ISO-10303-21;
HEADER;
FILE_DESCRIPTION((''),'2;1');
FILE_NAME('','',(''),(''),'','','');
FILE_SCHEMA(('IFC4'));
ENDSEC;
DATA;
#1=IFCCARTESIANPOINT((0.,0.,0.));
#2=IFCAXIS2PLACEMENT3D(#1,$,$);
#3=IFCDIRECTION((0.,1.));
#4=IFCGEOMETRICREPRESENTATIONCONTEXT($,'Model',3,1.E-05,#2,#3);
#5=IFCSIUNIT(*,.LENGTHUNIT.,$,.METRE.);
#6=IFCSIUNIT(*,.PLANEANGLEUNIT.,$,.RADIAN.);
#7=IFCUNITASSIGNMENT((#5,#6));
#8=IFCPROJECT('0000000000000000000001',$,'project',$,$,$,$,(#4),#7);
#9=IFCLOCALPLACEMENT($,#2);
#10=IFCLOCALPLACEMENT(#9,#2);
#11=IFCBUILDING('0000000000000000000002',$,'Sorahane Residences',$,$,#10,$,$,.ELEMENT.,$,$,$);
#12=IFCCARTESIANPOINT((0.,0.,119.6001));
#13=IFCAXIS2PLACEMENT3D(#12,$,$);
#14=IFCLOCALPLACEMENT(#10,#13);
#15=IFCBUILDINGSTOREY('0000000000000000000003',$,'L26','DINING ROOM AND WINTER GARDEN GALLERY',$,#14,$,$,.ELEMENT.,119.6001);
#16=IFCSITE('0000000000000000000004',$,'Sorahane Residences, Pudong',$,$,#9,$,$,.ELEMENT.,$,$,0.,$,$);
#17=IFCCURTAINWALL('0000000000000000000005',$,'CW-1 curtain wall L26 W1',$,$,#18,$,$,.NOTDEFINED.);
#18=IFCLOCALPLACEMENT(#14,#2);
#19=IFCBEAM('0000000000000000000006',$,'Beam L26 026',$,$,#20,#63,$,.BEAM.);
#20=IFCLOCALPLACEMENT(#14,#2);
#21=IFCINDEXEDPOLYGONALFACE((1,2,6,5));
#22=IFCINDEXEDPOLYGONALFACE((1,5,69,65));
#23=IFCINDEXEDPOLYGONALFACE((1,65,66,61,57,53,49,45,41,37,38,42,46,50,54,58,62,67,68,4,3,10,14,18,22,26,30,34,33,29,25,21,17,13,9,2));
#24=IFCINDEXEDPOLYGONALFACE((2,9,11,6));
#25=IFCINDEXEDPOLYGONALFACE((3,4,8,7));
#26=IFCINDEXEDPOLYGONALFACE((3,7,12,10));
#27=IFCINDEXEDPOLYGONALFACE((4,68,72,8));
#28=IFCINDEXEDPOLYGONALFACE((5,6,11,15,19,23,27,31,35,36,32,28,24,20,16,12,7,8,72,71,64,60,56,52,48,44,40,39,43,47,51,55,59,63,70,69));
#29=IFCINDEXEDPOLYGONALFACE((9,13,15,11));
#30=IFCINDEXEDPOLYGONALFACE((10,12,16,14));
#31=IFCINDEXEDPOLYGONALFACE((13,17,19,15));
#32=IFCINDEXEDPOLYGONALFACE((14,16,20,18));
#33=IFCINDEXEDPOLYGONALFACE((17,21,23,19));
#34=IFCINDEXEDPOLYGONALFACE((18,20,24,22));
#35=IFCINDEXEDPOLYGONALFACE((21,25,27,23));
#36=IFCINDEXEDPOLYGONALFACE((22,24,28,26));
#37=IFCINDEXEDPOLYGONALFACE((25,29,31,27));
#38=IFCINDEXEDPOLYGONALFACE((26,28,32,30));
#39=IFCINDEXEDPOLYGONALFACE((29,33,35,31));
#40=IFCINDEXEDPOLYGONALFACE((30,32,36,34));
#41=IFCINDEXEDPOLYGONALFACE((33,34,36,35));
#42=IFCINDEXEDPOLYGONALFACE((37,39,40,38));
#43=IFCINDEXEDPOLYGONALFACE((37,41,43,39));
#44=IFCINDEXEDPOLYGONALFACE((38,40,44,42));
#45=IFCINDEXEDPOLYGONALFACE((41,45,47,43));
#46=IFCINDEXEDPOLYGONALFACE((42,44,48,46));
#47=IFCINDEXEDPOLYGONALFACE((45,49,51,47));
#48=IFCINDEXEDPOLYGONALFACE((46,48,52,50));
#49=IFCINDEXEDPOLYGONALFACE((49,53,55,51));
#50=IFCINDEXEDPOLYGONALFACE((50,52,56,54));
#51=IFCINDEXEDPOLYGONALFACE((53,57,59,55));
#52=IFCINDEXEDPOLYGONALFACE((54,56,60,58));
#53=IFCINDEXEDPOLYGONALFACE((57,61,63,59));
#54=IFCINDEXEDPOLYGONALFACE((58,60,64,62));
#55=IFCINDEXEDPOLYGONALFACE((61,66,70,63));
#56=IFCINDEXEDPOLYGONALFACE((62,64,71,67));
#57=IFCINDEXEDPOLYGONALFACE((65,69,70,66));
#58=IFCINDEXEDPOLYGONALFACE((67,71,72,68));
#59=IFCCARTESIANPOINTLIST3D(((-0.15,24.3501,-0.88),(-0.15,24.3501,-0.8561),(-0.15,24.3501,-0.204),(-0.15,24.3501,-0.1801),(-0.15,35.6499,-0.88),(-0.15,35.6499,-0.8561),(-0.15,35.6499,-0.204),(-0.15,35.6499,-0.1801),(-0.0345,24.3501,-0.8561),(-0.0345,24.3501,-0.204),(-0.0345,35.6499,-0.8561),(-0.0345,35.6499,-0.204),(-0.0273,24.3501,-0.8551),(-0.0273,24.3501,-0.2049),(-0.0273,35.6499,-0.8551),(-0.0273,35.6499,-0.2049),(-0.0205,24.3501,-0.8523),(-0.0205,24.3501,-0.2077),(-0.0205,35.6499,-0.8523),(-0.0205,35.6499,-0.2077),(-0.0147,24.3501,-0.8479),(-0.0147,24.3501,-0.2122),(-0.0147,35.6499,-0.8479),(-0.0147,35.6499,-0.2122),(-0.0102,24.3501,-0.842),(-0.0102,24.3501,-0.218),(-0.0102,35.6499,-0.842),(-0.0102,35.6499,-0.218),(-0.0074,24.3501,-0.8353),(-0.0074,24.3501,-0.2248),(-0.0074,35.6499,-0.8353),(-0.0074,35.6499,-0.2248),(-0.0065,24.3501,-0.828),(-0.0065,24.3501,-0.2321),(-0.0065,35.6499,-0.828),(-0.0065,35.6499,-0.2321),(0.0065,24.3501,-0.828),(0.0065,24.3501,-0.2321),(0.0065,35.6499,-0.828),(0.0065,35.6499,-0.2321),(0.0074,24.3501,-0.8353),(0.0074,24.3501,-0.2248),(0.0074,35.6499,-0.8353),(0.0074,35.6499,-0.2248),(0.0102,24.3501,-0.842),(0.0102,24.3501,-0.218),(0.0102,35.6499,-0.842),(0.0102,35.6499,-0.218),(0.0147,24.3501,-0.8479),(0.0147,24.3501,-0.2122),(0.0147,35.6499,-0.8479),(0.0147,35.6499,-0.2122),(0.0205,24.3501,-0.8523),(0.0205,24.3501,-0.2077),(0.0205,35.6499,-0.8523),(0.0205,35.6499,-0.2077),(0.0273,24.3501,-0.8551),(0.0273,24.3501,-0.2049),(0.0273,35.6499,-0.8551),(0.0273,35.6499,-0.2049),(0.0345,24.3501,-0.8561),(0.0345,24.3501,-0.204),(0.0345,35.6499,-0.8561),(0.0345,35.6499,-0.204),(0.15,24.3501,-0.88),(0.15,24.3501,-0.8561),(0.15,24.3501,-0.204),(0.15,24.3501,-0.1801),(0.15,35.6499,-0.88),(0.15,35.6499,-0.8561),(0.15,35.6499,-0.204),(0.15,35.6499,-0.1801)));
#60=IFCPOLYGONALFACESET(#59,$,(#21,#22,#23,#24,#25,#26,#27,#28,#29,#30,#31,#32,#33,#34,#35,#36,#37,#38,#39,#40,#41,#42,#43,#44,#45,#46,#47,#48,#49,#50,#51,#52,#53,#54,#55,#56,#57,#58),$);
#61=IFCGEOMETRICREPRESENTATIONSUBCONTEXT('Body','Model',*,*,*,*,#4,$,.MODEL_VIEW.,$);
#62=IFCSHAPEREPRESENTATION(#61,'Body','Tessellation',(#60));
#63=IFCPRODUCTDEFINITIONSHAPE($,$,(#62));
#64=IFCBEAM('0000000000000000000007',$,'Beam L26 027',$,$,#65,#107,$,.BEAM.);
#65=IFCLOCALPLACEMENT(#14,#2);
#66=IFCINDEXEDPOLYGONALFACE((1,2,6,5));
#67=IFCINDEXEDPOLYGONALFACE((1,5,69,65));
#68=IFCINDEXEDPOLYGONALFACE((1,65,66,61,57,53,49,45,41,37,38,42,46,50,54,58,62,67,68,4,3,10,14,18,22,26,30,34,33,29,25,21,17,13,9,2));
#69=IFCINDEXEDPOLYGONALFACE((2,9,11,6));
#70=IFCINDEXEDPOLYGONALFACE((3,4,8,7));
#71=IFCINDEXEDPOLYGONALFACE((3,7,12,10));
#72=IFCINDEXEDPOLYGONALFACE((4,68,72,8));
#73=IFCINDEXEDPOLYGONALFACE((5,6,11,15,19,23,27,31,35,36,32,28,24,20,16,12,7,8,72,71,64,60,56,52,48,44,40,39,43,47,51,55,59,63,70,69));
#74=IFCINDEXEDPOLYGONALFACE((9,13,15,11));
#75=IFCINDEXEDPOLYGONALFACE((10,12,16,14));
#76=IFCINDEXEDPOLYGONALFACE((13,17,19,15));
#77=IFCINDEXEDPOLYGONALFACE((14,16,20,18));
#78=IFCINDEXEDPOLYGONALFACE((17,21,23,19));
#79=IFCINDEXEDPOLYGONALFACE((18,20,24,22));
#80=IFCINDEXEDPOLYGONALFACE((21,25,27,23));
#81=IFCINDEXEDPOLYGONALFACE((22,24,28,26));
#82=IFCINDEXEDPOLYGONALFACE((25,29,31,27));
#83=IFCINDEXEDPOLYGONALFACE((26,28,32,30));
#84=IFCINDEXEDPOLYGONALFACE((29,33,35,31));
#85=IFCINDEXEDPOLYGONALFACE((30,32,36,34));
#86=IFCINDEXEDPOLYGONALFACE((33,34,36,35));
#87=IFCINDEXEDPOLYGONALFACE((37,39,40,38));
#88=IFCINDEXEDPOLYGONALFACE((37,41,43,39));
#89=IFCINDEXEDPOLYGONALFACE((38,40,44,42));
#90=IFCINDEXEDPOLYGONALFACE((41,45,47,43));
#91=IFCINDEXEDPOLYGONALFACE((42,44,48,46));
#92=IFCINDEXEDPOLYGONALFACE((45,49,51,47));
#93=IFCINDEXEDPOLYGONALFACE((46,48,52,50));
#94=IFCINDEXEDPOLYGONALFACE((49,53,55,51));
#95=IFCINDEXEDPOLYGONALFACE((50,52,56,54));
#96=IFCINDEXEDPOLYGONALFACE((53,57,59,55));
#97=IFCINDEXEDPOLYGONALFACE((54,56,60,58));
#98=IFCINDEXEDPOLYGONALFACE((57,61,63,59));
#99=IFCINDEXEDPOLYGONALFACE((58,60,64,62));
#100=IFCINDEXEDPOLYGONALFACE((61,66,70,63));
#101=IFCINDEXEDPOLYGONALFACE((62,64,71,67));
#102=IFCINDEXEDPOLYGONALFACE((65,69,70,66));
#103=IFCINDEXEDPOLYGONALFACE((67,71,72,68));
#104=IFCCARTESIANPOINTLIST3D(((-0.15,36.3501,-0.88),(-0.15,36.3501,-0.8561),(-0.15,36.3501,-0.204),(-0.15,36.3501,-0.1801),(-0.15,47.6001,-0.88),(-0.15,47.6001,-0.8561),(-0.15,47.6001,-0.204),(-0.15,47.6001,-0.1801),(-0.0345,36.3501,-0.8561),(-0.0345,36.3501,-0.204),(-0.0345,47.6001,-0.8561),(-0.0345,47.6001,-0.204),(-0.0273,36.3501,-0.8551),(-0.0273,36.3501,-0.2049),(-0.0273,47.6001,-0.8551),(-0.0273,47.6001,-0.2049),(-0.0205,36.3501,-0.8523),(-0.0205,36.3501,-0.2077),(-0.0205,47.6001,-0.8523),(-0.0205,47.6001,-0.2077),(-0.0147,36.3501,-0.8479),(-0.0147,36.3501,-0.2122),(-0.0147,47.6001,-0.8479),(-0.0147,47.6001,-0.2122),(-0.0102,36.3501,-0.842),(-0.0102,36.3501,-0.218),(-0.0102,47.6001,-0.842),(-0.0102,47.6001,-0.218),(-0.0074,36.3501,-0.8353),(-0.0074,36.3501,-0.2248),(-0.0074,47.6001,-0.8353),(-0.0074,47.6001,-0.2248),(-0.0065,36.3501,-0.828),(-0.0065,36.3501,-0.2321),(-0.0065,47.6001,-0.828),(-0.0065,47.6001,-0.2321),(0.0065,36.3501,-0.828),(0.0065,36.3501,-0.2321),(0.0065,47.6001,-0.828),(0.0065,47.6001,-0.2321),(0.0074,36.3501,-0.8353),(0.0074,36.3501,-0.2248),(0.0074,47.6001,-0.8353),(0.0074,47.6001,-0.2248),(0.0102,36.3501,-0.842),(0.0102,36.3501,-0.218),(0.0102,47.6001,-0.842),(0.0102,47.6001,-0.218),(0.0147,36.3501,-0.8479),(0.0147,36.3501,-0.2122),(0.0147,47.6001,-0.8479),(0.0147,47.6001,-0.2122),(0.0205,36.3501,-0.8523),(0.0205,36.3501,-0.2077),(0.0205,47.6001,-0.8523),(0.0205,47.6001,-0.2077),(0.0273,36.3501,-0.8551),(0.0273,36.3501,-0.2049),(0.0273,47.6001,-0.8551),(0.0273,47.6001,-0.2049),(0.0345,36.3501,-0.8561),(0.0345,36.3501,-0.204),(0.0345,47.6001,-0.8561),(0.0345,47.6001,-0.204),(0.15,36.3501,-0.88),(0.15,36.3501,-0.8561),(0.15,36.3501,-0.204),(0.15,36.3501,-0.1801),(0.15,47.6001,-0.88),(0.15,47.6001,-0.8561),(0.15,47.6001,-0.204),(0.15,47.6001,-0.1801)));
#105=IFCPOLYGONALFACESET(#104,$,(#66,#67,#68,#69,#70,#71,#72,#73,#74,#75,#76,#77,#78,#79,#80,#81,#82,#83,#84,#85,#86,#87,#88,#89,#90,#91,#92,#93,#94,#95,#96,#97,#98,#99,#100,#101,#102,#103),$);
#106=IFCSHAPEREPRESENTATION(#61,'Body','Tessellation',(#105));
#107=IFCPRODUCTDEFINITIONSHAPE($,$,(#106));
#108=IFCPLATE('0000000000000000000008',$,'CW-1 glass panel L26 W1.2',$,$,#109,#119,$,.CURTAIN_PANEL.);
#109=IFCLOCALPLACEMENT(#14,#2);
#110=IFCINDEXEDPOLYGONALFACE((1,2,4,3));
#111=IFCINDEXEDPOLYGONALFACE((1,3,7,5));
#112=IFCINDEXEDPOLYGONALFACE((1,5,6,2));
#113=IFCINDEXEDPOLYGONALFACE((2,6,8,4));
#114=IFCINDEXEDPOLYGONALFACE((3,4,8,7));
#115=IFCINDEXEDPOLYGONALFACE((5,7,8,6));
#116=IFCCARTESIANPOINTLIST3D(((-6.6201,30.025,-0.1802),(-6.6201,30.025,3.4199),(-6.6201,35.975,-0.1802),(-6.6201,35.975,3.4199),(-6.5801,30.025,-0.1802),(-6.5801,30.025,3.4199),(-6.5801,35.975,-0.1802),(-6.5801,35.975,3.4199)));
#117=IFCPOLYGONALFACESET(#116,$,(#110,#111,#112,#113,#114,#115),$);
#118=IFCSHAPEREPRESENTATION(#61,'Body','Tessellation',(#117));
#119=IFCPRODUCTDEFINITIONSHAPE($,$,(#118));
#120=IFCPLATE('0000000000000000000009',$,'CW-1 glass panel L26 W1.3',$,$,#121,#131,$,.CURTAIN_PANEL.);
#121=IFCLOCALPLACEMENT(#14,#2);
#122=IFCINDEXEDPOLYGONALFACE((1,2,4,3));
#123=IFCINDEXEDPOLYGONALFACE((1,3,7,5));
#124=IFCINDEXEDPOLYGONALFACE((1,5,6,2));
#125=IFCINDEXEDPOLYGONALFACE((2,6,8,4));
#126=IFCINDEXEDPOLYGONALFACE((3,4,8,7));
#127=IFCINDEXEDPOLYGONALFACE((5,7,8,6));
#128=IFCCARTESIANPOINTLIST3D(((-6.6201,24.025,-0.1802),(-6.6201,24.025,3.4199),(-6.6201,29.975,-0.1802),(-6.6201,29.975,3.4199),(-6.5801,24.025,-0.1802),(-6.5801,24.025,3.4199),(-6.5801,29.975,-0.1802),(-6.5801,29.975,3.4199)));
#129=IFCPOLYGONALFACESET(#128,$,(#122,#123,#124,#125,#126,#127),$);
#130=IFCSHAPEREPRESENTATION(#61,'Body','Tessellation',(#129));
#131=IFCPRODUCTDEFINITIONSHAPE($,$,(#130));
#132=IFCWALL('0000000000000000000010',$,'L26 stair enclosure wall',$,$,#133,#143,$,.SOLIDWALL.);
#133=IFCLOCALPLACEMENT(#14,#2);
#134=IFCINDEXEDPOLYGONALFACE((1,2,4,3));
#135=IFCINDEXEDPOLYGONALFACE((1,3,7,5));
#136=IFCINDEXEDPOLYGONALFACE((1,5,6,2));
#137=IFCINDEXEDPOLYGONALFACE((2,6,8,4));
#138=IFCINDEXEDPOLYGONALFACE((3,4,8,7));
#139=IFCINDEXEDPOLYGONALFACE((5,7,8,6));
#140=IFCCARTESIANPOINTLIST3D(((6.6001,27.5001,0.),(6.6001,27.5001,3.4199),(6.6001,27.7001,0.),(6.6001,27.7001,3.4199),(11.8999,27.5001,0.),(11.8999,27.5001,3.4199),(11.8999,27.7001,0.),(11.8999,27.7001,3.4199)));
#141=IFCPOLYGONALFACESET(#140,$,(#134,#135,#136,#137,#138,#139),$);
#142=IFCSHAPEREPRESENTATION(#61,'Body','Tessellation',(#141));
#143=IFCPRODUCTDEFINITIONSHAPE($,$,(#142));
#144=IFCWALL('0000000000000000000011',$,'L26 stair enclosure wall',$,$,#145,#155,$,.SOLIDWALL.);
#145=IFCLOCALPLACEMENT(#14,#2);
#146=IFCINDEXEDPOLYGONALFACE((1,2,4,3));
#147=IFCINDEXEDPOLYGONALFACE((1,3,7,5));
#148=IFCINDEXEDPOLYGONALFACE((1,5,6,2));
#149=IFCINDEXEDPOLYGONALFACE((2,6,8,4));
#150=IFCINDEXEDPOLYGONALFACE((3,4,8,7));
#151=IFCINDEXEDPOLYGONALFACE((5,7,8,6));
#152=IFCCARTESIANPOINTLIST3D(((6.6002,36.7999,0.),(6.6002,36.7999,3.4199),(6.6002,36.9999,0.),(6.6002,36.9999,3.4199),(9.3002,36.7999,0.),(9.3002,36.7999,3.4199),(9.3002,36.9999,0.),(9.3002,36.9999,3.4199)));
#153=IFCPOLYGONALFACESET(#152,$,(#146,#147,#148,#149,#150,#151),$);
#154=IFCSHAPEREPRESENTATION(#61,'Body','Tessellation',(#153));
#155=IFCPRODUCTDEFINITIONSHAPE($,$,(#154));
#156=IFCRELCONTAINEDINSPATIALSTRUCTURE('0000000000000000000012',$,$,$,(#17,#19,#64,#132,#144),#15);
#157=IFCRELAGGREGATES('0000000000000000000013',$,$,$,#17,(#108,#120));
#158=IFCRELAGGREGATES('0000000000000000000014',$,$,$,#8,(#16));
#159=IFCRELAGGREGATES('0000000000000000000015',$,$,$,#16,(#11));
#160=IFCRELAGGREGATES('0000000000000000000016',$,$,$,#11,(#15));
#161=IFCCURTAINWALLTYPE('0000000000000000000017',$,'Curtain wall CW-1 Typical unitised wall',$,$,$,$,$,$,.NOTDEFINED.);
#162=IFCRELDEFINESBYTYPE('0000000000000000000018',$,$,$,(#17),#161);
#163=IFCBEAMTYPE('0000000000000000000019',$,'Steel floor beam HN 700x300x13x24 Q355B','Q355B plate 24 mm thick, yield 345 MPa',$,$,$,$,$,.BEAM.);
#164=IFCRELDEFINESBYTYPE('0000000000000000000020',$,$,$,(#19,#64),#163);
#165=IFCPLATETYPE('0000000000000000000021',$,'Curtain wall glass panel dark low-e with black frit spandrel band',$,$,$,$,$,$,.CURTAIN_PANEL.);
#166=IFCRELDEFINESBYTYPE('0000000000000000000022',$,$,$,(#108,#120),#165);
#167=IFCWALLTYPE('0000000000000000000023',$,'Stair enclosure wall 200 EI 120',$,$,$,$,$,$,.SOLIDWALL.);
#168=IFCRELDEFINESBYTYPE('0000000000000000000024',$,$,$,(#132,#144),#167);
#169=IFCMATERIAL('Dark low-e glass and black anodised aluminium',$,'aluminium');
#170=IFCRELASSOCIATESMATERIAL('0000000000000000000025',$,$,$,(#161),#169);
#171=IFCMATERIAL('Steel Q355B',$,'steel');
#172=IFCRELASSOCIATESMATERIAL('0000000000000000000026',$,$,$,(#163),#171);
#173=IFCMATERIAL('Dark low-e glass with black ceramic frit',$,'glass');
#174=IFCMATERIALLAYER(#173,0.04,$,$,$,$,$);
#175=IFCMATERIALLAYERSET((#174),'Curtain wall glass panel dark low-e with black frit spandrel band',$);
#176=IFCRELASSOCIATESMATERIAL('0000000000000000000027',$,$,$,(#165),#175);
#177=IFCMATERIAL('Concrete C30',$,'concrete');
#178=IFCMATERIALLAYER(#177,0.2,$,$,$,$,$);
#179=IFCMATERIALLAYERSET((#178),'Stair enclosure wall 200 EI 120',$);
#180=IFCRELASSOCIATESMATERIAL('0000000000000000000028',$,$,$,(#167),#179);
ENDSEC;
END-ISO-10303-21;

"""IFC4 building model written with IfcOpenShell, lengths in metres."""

from ifc_helpers import new_model, si_unit, direction, frame, frame_2d, origin, origin_2d, place, context, subcontext, project, spatial, rectangle, i_section, extrude, material, layer, layer_set, material_profile, profile_set, type_object, element, aggregate, save


model = new_model("IFC4")

# Units and contexts
model_context = context("Model", 3, precision=1e-05, world=origin(), true_north=direction((0.0, 1.0)))
body_context = subcontext(model_context, "Body", "Model", "MODEL_VIEW")
ifc_project = project(units=[si_unit("LENGTHUNIT", "METRE"), si_unit("PLANEANGLEUNIT", "RADIAN")], contexts=[model_context])

# Site, building, storey
site_placement = place(None, origin())
site = spatial("IfcSite", under=ifc_project, at=site_placement, Name="Sorahane Residences, Pudong", CompositionType="ELEMENT", RefElevation=0.0)
building_placement = place(site_placement, origin())
building = spatial("IfcBuilding", under=site, at=building_placement, Name="Sorahane Residences", CompositionType="ELEMENT")
storey_placement = place(building_placement, frame((0.0, 0.0, 119.6001)))
storey = spatial("IfcBuildingStorey", under=building, at=storey_placement, Name="L26", Description="DINING ROOM AND WINTER GARDEN GALLERY", CompositionType="ELEMENT", Elevation=119.6001)

# Curtain wall
ifc_material_1 = material(Name="Dark low-e glass and black anodised aluminium", Category="aluminium")
curtain_wall_type = type_object("IfcCurtainWallType", Name="Curtain wall CW-1 Typical unitised wall", PredefinedType="NOTDEFINED", material=ifc_material_1)
curtain_wall_placement = place(storey_placement, origin())
curtain_wall = element("IfcCurtainWall", 1, at=curtain_wall_placement, inside=storey, type_object=curtain_wall_type, Name="CW-1 curtain wall L26 W1", PredefinedType="NOTDEFINED")

# Beams
ifc_material_2 = material(Name="Steel Q355B", Category="steel")
ifc_material_profile_1 = material_profile(ifc_material_2, i_section(OverallWidth=0.3, OverallDepth=0.7, WebThickness=0.0129, FlangeThickness=0.0239, FilletRadius=0.0281, at=origin_2d()), Name="HN 700x300x13x24")
ifc_profile_set_1 = profile_set([ifc_material_profile_1], Name="Steel Q355B")
beam_type_1 = type_object("IfcBeamType", Name="Steel floor beam HN 700x300x13x24 Q355B", Description="Q355B plate 24 mm thick, yield 345 MPa", PredefinedType="BEAM", material=ifc_profile_set_1)
beam_1_placement = place(storey_placement, frame((0.0, 24.3501, -0.53), z_axis=(0.0, 1.0, 0.0), x_axis=(-1.0, 0.0, 0.0)))
element("IfcBeam", 2, at=beam_1_placement, inside=storey, type_object=beam_type_1, Name="Beam L26 026", PredefinedType="BEAM", context=body_context, shape_type="SweptSolid", body=[
    extrude(i_section(OverallWidth=0.3, OverallDepth=0.7, WebThickness=0.0129, FlangeThickness=0.0239, FilletRadius=0.0281, at=origin_2d()), origin(), (0.0, 0.0, 1.0), 11.2998),
])
beam_2_placement = place(storey_placement, frame((0.0, 36.3501, -0.53), z_axis=(0.0, 1.0, 0.0), x_axis=(-1.0, 0.0, 0.0)))
element("IfcBeam", 3, at=beam_2_placement, inside=storey, type_object=beam_type_1, Name="Beam L26 027", PredefinedType="BEAM", context=body_context, shape_type="SweptSolid", body=[
    extrude(i_section(OverallWidth=0.3, OverallDepth=0.7, WebThickness=0.0129, FlangeThickness=0.0239, FilletRadius=0.0281, at=origin_2d()), origin(), (0.0, 0.0, 1.0), 11.25),
])

# Plates
ifc_material_3 = material(Name="Dark low-e glass with black ceramic frit", Category="glass")
ifc_layer_1 = layer(ifc_material_3, 0.04)
ifc_layer_set_1 = layer_set([ifc_layer_1], Name="Curtain wall glass panel dark low-e with black frit spandrel band")
plate_type = type_object("IfcPlateType", Name="Curtain wall glass panel dark low-e with black frit spandrel band", PredefinedType="CURTAIN_PANEL", material=ifc_layer_set_1)
plate_1_placement = place(storey_placement, frame((-6.6001, 33.0, -0.1802), z_axis=(0.0, 0.0, 1.0), x_axis=(0.0, -1.0, 0.0)))
plate_1 = element("IfcPlate", 4, at=plate_1_placement, type_object=plate_type, Name="CW-1 glass panel L26 W1.2", PredefinedType="CURTAIN_PANEL", context=body_context, shape_type="SweptSolid", body=[
    extrude(rectangle(XDim=5.95, YDim=0.04, at=origin_2d()), origin(), (0.0, 0.0, 1.0), 3.6001),
])
plate_2_placement = place(storey_placement, frame((-6.6001, 27.0, -0.1802), z_axis=(0.0, 0.0, 1.0), x_axis=(0.0, -1.0, 0.0)))
plate_2 = element("IfcPlate", 5, at=plate_2_placement, type_object=plate_type, Name="CW-1 glass panel L26 W1.3", PredefinedType="CURTAIN_PANEL", context=body_context, shape_type="SweptSolid", body=[
    extrude(rectangle(XDim=5.95, YDim=0.04, at=origin_2d()), origin(), (0.0, 0.0, 1.0), 3.6001),
])
aggregate(curtain_wall, [plate_1, plate_2])

# Walls
ifc_material_4 = material(Name="Concrete C30", Category="concrete")
ifc_layer_2 = layer(ifc_material_4, 0.2)
ifc_layer_set_2 = layer_set([ifc_layer_2], Name="Stair enclosure wall 200 EI 120")
wall_type = type_object("IfcWallType", Name="Stair enclosure wall 200 EI 120", PredefinedType="SOLIDWALL", material=ifc_layer_set_2)
wall_1_placement = place(storey_placement, frame((6.6001, 27.6001, 0.0), z_axis=(0.0, 0.0, 1.0), x_axis=(1.0, 0.0, 0.0)))
element("IfcWall", 6, at=wall_1_placement, inside=storey, type_object=wall_type, Name="L26 stair enclosure wall", PredefinedType="SOLIDWALL", context=body_context, shape_type="SweptSolid", body=[
    extrude(rectangle(XDim=5.2998, YDim=0.2, at=frame_2d((2.6499, 0.0))), origin(), (0.0, 0.0, 1.0), 3.4199),
])
wall_2_placement = place(storey_placement, frame((6.6001, 36.8999, 0.0), z_axis=(0.0, 0.0, 1.0), x_axis=(1.0, 0.0, 0.0)))
element("IfcWall", 7, at=wall_2_placement, inside=storey, type_object=wall_type, Name="L26 stair enclosure wall", PredefinedType="SOLIDWALL", context=body_context, shape_type="SweptSolid", body=[
    extrude(rectangle(XDim=2.7, YDim=0.2, at=frame_2d((1.3501, 0.0))), origin(), (0.0, 0.0, 1.0), 3.4199),
])

save(model, "model.ifc")
